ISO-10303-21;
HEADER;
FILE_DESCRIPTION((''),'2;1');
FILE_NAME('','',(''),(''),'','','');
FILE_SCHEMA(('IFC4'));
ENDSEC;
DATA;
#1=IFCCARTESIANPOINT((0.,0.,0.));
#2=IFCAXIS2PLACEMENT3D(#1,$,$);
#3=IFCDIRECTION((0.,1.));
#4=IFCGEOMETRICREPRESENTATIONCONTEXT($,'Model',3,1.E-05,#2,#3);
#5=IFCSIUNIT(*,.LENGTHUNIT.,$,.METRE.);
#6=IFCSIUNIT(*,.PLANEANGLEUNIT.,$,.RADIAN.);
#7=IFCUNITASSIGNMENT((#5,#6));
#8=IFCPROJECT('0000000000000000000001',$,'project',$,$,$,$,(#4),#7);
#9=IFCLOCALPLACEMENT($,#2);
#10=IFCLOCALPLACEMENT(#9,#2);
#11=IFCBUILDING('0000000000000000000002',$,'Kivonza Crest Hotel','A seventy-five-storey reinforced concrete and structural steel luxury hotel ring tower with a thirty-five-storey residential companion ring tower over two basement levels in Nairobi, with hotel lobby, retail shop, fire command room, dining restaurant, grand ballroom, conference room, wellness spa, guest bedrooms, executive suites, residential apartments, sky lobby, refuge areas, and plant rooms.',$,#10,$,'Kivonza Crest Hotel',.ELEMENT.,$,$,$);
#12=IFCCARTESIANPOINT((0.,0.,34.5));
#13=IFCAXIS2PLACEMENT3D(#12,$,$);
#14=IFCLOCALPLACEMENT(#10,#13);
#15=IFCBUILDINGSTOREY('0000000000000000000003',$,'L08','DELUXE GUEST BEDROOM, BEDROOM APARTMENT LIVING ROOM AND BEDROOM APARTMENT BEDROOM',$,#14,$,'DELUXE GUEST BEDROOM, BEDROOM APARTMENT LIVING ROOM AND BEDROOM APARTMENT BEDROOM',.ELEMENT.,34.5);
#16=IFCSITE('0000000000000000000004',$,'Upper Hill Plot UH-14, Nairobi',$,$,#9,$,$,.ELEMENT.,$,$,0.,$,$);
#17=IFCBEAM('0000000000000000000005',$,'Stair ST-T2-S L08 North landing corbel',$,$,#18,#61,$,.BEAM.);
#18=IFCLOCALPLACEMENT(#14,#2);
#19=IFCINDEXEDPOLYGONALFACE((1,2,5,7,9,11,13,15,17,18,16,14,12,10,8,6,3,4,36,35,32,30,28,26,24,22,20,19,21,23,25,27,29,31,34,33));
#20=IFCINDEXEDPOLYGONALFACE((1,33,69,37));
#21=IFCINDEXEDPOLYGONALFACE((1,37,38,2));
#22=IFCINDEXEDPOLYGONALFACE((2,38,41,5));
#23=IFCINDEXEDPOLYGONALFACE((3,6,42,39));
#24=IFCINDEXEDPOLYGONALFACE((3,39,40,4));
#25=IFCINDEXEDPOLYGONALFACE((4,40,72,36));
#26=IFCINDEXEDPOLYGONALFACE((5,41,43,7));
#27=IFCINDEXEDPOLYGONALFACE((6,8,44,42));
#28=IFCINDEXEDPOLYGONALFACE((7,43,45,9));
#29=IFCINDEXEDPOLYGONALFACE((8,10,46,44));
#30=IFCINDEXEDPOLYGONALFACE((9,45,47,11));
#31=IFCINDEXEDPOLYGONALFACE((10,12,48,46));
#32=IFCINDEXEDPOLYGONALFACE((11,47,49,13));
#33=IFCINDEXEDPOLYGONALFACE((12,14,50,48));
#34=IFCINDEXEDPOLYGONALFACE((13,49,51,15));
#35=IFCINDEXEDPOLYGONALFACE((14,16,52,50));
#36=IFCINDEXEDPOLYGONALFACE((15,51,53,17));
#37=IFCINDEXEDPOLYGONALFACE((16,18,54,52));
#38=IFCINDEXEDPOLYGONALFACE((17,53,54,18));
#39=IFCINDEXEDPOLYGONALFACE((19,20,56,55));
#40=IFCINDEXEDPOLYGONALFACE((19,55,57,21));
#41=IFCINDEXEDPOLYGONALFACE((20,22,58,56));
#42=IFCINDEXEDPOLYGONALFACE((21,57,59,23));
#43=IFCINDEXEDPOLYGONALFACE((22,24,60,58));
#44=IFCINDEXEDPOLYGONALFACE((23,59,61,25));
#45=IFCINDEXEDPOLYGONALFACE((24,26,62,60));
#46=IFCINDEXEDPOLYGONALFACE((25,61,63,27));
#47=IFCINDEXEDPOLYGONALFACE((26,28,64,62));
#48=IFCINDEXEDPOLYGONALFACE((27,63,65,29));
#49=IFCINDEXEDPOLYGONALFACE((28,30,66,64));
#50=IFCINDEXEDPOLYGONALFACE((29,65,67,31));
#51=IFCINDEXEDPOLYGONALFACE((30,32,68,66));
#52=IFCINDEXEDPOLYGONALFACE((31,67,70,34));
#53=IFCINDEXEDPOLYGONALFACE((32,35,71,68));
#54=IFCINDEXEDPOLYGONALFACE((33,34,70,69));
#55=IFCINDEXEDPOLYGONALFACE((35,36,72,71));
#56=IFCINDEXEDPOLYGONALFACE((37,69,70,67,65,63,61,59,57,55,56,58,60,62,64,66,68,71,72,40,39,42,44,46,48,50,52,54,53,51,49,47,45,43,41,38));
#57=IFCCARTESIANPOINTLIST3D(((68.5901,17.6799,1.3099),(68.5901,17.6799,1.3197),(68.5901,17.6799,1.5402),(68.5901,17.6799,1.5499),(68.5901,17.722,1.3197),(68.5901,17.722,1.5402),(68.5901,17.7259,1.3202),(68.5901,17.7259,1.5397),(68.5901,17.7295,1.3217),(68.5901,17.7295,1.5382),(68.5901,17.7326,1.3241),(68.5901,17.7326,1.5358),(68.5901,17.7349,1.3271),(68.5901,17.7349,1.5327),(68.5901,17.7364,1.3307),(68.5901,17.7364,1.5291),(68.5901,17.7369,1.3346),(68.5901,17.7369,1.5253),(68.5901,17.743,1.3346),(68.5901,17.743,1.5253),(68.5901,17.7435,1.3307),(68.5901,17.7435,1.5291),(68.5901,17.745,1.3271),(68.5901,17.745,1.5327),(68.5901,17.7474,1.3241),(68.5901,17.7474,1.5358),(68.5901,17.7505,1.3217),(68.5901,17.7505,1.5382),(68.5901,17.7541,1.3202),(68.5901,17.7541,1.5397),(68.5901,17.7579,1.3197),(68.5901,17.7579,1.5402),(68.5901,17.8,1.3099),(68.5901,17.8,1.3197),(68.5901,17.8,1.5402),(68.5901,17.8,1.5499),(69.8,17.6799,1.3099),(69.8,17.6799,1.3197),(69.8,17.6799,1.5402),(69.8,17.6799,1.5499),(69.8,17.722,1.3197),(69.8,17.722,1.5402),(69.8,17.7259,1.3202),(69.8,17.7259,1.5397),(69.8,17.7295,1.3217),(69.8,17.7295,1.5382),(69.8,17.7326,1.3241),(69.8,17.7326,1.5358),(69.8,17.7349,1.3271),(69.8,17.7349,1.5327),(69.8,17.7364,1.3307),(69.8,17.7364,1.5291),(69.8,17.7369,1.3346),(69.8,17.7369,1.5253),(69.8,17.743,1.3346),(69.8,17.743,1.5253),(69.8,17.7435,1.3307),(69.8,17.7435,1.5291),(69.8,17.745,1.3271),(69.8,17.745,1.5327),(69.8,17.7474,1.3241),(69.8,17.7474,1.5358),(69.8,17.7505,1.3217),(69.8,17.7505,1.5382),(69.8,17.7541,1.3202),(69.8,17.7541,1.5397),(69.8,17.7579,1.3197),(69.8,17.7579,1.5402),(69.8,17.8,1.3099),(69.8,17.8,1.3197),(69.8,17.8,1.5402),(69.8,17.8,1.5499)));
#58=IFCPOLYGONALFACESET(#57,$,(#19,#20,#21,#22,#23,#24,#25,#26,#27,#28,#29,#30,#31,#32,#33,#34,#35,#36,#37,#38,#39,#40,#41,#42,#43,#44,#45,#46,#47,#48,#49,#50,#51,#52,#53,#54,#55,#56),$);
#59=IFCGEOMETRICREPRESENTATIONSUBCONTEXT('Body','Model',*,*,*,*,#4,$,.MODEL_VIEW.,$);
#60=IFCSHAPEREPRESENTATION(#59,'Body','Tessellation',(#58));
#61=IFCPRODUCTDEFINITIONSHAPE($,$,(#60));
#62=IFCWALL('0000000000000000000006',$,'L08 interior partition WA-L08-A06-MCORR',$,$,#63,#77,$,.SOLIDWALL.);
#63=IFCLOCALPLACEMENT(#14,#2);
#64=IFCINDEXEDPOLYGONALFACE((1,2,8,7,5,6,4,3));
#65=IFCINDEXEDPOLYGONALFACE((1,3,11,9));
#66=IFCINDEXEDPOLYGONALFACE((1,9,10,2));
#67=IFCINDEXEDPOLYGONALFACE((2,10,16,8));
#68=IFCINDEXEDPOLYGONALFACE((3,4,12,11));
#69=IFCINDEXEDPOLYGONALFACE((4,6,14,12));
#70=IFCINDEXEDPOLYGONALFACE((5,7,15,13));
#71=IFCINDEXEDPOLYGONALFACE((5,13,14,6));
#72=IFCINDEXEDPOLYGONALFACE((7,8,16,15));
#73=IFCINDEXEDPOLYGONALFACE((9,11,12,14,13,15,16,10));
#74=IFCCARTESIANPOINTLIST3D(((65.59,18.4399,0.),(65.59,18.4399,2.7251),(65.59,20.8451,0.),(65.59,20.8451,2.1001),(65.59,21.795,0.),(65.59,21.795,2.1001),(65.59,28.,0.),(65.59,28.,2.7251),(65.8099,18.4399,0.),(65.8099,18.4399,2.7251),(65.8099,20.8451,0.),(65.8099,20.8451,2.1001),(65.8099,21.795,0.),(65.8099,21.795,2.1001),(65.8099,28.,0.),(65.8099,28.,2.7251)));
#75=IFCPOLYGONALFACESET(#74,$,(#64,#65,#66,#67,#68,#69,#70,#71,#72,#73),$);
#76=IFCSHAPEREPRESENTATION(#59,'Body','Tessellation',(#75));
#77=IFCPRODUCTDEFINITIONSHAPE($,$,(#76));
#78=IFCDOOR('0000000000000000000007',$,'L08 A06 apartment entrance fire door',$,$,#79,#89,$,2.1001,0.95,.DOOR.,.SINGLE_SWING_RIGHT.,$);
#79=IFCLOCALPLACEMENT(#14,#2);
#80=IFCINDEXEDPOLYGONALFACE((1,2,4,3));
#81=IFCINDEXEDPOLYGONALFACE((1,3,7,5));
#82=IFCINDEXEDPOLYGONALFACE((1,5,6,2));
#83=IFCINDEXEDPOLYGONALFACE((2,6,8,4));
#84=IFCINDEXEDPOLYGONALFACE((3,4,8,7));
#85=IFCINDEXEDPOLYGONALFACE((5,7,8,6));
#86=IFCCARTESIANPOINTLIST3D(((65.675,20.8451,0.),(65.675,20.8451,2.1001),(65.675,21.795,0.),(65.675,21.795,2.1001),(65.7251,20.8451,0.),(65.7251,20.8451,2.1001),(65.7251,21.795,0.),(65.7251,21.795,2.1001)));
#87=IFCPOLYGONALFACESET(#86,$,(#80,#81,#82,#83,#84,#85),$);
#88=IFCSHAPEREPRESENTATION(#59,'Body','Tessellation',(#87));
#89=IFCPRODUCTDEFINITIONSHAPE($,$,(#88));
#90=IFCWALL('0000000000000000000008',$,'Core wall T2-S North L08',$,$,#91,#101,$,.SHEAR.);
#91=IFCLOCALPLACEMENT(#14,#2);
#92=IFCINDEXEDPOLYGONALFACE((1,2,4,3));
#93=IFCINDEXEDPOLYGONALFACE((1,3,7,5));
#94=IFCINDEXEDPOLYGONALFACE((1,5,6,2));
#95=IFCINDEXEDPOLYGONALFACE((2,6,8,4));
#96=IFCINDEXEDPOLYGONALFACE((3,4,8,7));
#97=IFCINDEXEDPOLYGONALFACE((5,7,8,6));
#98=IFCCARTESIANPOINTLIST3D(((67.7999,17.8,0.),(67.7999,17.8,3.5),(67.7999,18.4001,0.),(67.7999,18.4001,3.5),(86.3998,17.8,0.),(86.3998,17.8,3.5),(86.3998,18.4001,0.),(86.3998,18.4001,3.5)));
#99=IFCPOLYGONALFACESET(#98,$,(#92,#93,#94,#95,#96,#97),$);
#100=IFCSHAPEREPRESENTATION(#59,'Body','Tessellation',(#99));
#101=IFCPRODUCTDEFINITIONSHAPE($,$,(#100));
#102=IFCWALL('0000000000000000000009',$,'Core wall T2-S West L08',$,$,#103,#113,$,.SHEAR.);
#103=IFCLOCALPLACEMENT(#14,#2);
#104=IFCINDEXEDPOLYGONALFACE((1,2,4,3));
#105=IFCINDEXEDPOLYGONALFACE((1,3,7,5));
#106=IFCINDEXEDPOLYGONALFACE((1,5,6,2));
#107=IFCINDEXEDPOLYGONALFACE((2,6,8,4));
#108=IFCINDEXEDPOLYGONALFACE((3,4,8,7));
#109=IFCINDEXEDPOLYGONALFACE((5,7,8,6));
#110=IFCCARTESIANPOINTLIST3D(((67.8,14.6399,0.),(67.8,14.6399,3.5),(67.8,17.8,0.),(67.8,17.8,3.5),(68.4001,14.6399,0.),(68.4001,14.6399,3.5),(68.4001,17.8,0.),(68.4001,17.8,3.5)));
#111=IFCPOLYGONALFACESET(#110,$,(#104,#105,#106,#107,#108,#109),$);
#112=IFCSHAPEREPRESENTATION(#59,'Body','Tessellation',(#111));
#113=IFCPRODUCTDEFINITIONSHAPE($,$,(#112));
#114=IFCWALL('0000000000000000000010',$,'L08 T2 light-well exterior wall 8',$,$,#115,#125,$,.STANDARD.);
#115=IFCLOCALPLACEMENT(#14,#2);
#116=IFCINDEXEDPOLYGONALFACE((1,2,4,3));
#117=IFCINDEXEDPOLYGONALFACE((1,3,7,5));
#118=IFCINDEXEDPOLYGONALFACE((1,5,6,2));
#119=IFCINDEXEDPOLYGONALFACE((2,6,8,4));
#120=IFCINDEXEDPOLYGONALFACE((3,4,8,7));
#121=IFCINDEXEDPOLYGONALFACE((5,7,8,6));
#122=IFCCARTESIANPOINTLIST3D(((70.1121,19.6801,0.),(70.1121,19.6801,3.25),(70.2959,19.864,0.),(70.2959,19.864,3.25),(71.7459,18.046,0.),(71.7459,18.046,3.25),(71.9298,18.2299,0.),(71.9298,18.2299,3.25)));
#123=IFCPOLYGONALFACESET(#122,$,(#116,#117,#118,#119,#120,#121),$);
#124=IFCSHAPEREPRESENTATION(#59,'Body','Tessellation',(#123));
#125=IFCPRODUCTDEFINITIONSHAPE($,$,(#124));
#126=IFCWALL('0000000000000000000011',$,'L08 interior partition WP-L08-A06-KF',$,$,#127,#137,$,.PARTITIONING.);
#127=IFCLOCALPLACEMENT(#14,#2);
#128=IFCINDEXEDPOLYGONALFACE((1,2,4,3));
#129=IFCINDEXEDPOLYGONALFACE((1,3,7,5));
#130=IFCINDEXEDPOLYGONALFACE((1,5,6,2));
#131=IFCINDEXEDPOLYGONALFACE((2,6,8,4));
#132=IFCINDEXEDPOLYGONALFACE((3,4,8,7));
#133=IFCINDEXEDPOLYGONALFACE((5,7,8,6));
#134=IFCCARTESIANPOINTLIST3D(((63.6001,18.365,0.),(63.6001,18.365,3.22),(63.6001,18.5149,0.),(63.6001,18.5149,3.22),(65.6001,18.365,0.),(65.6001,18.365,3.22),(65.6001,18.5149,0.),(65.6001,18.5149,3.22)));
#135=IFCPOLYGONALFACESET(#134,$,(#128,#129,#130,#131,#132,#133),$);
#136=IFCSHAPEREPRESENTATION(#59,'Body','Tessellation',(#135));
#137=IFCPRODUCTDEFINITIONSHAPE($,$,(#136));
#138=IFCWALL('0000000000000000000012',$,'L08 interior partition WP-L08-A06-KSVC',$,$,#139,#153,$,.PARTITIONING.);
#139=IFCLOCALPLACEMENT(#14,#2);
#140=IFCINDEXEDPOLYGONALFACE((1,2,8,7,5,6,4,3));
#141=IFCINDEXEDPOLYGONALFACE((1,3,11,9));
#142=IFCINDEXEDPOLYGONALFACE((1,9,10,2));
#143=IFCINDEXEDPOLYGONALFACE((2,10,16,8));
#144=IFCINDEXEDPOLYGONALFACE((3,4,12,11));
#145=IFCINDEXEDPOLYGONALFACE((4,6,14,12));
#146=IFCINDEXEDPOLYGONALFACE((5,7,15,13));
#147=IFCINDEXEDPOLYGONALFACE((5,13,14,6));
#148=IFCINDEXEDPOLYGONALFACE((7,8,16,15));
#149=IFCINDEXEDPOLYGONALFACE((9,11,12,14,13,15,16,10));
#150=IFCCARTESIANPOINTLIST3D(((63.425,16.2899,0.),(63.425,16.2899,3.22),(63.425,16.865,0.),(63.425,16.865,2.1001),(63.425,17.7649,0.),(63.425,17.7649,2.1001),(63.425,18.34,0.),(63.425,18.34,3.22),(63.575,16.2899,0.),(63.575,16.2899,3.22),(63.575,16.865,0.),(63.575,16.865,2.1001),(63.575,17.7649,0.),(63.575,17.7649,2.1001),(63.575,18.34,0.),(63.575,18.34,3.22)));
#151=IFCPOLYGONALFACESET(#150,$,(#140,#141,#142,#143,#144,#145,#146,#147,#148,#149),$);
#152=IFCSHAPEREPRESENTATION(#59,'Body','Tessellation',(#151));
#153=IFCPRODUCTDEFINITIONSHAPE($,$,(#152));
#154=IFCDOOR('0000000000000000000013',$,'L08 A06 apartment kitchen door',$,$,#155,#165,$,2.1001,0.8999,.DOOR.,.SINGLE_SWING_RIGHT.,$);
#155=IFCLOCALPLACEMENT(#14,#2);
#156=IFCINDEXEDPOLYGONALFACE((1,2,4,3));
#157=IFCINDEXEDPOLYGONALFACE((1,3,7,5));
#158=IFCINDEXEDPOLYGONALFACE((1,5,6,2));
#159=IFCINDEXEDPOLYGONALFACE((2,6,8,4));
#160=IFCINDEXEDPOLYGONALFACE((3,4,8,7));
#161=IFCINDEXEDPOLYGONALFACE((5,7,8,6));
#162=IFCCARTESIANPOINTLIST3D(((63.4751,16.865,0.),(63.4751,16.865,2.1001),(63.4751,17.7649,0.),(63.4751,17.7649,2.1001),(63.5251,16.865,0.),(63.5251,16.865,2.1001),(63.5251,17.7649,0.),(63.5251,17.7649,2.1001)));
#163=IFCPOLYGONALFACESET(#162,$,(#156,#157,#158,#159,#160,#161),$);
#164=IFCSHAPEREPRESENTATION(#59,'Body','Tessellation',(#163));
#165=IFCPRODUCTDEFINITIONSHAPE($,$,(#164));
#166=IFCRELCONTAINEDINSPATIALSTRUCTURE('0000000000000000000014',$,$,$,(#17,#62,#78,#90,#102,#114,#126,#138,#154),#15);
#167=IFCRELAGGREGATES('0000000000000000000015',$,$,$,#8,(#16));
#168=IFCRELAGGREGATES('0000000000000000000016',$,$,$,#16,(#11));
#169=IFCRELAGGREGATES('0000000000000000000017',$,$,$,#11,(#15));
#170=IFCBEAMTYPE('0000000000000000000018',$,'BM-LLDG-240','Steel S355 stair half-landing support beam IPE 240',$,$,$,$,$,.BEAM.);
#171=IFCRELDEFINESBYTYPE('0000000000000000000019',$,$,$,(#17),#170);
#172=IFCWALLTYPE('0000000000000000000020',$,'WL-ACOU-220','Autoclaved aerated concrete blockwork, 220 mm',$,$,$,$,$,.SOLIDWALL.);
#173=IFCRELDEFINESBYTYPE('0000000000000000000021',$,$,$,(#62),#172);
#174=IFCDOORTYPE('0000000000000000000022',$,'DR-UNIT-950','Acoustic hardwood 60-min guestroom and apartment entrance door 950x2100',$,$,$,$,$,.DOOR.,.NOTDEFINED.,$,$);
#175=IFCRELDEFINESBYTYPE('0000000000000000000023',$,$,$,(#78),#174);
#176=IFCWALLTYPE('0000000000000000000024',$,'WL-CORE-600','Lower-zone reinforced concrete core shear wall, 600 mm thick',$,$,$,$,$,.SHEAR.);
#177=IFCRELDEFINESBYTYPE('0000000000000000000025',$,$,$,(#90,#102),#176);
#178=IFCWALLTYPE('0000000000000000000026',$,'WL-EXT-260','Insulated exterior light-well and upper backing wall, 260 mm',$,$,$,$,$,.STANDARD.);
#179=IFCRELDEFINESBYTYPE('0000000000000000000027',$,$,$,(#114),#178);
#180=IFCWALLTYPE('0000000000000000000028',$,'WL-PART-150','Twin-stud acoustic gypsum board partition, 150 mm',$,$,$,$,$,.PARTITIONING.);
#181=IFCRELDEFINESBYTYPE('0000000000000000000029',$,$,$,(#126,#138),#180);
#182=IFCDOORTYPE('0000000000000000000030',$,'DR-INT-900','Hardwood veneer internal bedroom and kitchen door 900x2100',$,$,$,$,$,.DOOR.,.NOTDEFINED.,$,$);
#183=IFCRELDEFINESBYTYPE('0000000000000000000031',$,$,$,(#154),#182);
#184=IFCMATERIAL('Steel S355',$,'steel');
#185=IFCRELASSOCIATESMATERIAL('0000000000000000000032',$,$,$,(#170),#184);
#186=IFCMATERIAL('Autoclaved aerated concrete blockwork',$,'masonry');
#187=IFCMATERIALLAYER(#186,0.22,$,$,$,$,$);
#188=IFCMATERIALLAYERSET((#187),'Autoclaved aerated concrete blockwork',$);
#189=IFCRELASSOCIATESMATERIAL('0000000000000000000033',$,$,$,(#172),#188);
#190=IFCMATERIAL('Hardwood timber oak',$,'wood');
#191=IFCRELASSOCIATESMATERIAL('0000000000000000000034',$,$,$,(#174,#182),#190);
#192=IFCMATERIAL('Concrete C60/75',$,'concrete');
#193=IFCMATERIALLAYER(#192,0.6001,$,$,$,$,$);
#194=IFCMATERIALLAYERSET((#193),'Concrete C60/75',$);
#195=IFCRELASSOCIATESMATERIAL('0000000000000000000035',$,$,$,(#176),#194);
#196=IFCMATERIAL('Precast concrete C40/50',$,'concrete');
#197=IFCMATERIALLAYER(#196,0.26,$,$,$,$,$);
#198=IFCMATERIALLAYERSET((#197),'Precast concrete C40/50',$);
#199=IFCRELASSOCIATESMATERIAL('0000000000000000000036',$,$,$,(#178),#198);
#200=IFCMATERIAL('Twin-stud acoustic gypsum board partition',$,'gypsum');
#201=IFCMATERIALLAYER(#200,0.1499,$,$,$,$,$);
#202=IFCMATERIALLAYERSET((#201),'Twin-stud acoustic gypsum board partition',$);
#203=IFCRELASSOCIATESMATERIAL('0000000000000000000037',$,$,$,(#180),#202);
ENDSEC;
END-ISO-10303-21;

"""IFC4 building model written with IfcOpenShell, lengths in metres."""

from ifc_helpers import new_model, si_unit, direction, frame, frame_2d, origin, origin_2d, place, context, subcontext, project, spatial, rectangle, i_section, extrude, material, layer, layer_set, material_profile, profile_set, type_object, element, fill, save


model = new_model("IFC4")

# Units and contexts
model_context = context("Model", 3, precision=1e-05, world=origin(), true_north=direction((0.0, 1.0)))
body_context = subcontext(model_context, "Body", "Model", "MODEL_VIEW")
ifc_project = project(units=[si_unit("LENGTHUNIT", "METRE"), si_unit("PLANEANGLEUNIT", "RADIAN")], contexts=[model_context])

# Site, building, storey
site_placement = place(None, origin())
site = spatial("IfcSite", under=ifc_project, at=site_placement, Name="Upper Hill Plot UH-14, Nairobi", CompositionType="ELEMENT", RefElevation=0.0)
building_placement = place(site_placement, origin())
building = spatial("IfcBuilding", under=site, at=building_placement, Name="Kivonza Crest Hotel", Description="A seventy-five-storey reinforced concrete and structural steel luxury hotel ring tower with a thirty-five-storey residential companion ring tower over two basement levels in Nairobi, with hotel lobby, retail shop, fire command room, dining restaurant, grand ballroom, conference room, wellness spa, guest bedrooms, executive suites, residential apartments, sky lobby, refuge areas, and plant rooms.", LongName="Kivonza Crest Hotel", CompositionType="ELEMENT")
storey_placement = place(building_placement, frame((0.0, 0.0, 34.5)))
storey = spatial("IfcBuildingStorey", under=building, at=storey_placement, Name="L08", Description="DELUXE GUEST BEDROOM, BEDROOM APARTMENT LIVING ROOM AND BEDROOM APARTMENT BEDROOM", LongName="DELUXE GUEST BEDROOM, BEDROOM APARTMENT LIVING ROOM AND BEDROOM APARTMENT BEDROOM", CompositionType="ELEMENT", Elevation=34.5)

# Beam
ifc_material_1 = material(Name="Steel S355", Category="steel")
ifc_material_profile_1 = material_profile(ifc_material_1, i_section(OverallWidth=0.1201, OverallDepth=0.24, WebThickness=0.0061, FlangeThickness=0.0098, FilletRadius=0.0149, at=origin_2d()), Name="IPE 240")
ifc_profile_set_1 = profile_set([ifc_material_profile_1], Name="Steel S355")
beam_type_1 = type_object("IfcBeamType", Name="BM-LLDG-240", Description="Steel S355 stair half-landing support beam IPE 240", PredefinedType="BEAM", material=ifc_profile_set_1)
for number, where, z_axis, x_axis, name in (
    (1, (68.5901, 17.74, 1.4299), (1.0, 0.0, 0.0), (0.0, 1.0, 0.0), "Stair ST-T2-S L08 North landing corbel"),
):
    element("IfcBeam", number, at=place(storey_placement, frame(where, z_axis=z_axis, x_axis=x_axis)), inside=storey, type_object=beam_type_1, Name=name, PredefinedType="BEAM", context=body_context, shape_type="SweptSolid", body=[
        extrude(i_section(OverallWidth=0.1201, OverallDepth=0.24, WebThickness=0.0061, FlangeThickness=0.0098, FilletRadius=0.0149, at=origin_2d()), origin(), (0.0, 0.0, 1.0), 1.21),
    ])

# Wall, opening, door
ifc_material_2 = material(Name="Autoclaved aerated concrete blockwork", Category="masonry")
ifc_layer_1 = layer(ifc_material_2, 0.22)
ifc_layer_set_1 = layer_set([ifc_layer_1], Name="Autoclaved aerated concrete blockwork")
wall_type_1 = type_object("IfcWallType", Name="WL-ACOU-220", Description="Autoclaved aerated concrete blockwork, 220 mm", PredefinedType="SOLIDWALL", material=ifc_layer_set_1)
wall_1_placement = place(storey_placement, frame((65.7, 18.4399, 0.0), z_axis=(0.0, 0.0, 1.0), x_axis=(0.0, 1.0, 0.0)))
wall_1 = element("IfcWall", 2, at=wall_1_placement, inside=storey, type_object=wall_type_1, Name="L08 interior partition WA-L08-A06-MCORR", PredefinedType="SOLIDWALL", context=body_context, shape_type="SweptSolid", body=[
    extrude(rectangle(XDim=9.5601, YDim=0.22, at=frame_2d((4.78, 0.0))), origin(), (0.0, 0.0, 1.0), 2.7251),
])
opening_1_placement = place(wall_1_placement, frame((2.405, 0.0, 0.0)))
opening_1 = element("IfcOpeningElement", 3, at=opening_1_placement, cuts=wall_1, PredefinedType="OPENING", context=body_context, shape_type="SweptSolid", body=[
    extrude(rectangle(XDim=0.95, YDim=2.1001, at=frame_2d((0.4751, 1.05))), frame((0.0, 0.1201, 0.0), z_axis=(0.0, -1.0, 0.0), x_axis=(1.0, 0.0, 0.0)), (0.0, 0.0, 1.0), 0.24),
])
ifc_material_3 = material(Name="Hardwood timber oak", Category="wood")
door_type_1 = type_object("IfcDoorType", Name="DR-UNIT-950", Description="Acoustic hardwood 60-min guestroom and apartment entrance door 950x2100", OperationType="NOTDEFINED", PredefinedType="DOOR", material=ifc_material_3)
door_1_placement = place(opening_1_placement, origin())
door_1 = element("IfcDoor", 4, at=door_1_placement, inside=storey, type_object=door_type_1, Name="L08 A06 apartment entrance fire door", OperationType="SINGLE_SWING_RIGHT", OverallHeight=2.1001, OverallWidth=0.95, PredefinedType="DOOR", context=body_context, shape_type="SweptSolid", body=[
    extrude(rectangle(XDim=0.95, YDim=2.1001, at=frame_2d((0.4751, 1.05))), frame((0.0, 0.0249, 0.0), z_axis=(0.0, -1.0, 0.0), x_axis=(1.0, 0.0, 0.0)), (0.0, 0.0, 1.0), 0.05),
])
fill(opening_1, door_1)

# Shared definitions
ifc_material_4 = material(Name="Concrete C60/75", Category="concrete")
ifc_layer_2 = layer(ifc_material_4, 0.6001)
ifc_layer_set_2 = layer_set([ifc_layer_2], Name="Concrete C60/75")
wall_type_2 = type_object("IfcWallType", Name="WL-CORE-600", Description="Lower-zone reinforced concrete core shear wall, 600 mm thick", PredefinedType="SHEAR", material=ifc_layer_set_2)

# Walls
wall_2_placement = place(storey_placement, frame((67.8, 18.1001, 0.0), z_axis=(0.0, 0.0, 1.0), x_axis=(1.0, 0.0, 0.0)))
element("IfcWall", 5, at=wall_2_placement, inside=storey, type_object=wall_type_2, Name="Core wall T2-S North L08", PredefinedType="SHEAR", context=body_context, shape_type="SweptSolid", body=[
    extrude(rectangle(XDim=18.5999, YDim=0.6001, at=frame_2d((9.2998, 0.0))), origin(), (0.0, 0.0, 1.0), 3.5),
])
wall_3_placement = place(storey_placement, frame((68.1001, 14.6399, 0.0), z_axis=(0.0, 0.0, 1.0), x_axis=(0.0, 1.0, 0.0)))
element("IfcWall", 6, at=wall_3_placement, inside=storey, type_object=wall_type_2, Name="Core wall T2-S West L08", PredefinedType="SHEAR", context=body_context, shape_type="SweptSolid", body=[
    extrude(rectangle(XDim=3.1602, YDim=0.6001, at=frame_2d((1.5801, 0.0))), origin(), (0.0, 0.0, 1.0), 3.5),
])
ifc_material_5 = material(Name="Precast concrete C40/50", Category="concrete")
ifc_layer_3 = layer(ifc_material_5, 0.26)
ifc_layer_set_3 = layer_set([ifc_layer_3], Name="Precast concrete C40/50")
wall_type_3 = type_object("IfcWallType", Name="WL-EXT-260", Description="Insulated exterior light-well and upper backing wall, 260 mm", PredefinedType="STANDARD", material=ifc_layer_set_3)
wall_4_placement = place(storey_placement, frame((70.2041, 19.772, 0.0), z_axis=(0.0, 0.0, 1.0), x_axis=(0.707054, -0.70716, 0.0)))
element("IfcWall", 7, at=wall_4_placement, inside=storey, type_object=wall_type_3, Name="L08 T2 light-well exterior wall 8", PredefinedType="STANDARD", context=body_context, shape_type="SweptSolid", body=[
    extrude(rectangle(XDim=2.3108, YDim=0.26, at=frame_2d((1.1553, 0.0))), origin(), (0.0, 0.0, 1.0), 3.25),
])
ifc_material_6 = material(Name="Twin-stud acoustic gypsum board partition", Category="gypsum")
ifc_layer_4 = layer(ifc_material_6, 0.1499)
ifc_layer_set_4 = layer_set([ifc_layer_4], Name="Twin-stud acoustic gypsum board partition")
wall_type_4 = type_object("IfcWallType", Name="WL-PART-150", Description="Twin-stud acoustic gypsum board partition, 150 mm", PredefinedType="PARTITIONING", material=ifc_layer_set_4)
wall_5_placement = place(storey_placement, frame((63.6001, 18.4399, 0.0), z_axis=(0.0, 0.0, 1.0), x_axis=(1.0, 0.0, 0.0)))
element("IfcWall", 8, at=wall_5_placement, inside=storey, type_object=wall_type_4, Name="L08 interior partition WP-L08-A06-KF", PredefinedType="PARTITIONING", context=body_context, shape_type="SweptSolid", body=[
    extrude(rectangle(XDim=2.0, YDim=0.1499, at=frame_2d((1.0, 0.0))), origin(), (0.0, 0.0, 1.0), 3.22),
])

# Wall, opening, door
wall_6_placement = place(storey_placement, frame((63.5, 16.29, 0.0), z_axis=(0.0, 0.0, 1.0), x_axis=(0.0, 1.0, 0.0)))
wall_6 = element("IfcWall", 9, at=wall_6_placement, inside=storey, type_object=wall_type_4, Name="L08 interior partition WP-L08-A06-KSVC", PredefinedType="PARTITIONING", context=body_context, shape_type="SweptSolid", body=[
    extrude(rectangle(XDim=2.05, YDim=0.1499, at=frame_2d((1.0249, 0.0))), origin(), (0.0, 0.0, 1.0), 3.22),
])
opening_2_placement = place(wall_6_placement, frame((0.575, 0.0, 0.0)))
opening_2 = element("IfcOpeningElement", 10, at=opening_2_placement, cuts=wall_6, PredefinedType="OPENING", context=body_context, shape_type="SweptSolid", body=[
    extrude(rectangle(XDim=0.8999, YDim=2.1001, at=frame_2d((0.45, 1.05))), frame((0.0, 0.085, 0.0), z_axis=(0.0, -1.0, 0.0), x_axis=(1.0, 0.0, 0.0)), (0.0, 0.0, 1.0), 0.1699),
])
door_type_2 = type_object("IfcDoorType", Name="DR-INT-900", Description="Hardwood veneer internal bedroom and kitchen door 900x2100", OperationType="NOTDEFINED", PredefinedType="DOOR", material=ifc_material_3)
door_2_placement = place(opening_2_placement, origin())
door_2 = element("IfcDoor", 11, at=door_2_placement, inside=storey, type_object=door_type_2, Name="L08 A06 apartment kitchen door", OperationType="SINGLE_SWING_RIGHT", OverallHeight=2.1001, OverallWidth=0.8999, PredefinedType="DOOR", context=body_context, shape_type="SweptSolid", body=[
    extrude(rectangle(XDim=0.8999, YDim=2.1001, at=frame_2d((0.45, 1.05))), frame((0.0, 0.0249, 0.0), z_axis=(0.0, -1.0, 0.0), x_axis=(1.0, 0.0, 0.0)), (0.0, 0.0, 1.0), 0.05),
])
fill(opening_2, door_2)

save(model, "model.ifc")
